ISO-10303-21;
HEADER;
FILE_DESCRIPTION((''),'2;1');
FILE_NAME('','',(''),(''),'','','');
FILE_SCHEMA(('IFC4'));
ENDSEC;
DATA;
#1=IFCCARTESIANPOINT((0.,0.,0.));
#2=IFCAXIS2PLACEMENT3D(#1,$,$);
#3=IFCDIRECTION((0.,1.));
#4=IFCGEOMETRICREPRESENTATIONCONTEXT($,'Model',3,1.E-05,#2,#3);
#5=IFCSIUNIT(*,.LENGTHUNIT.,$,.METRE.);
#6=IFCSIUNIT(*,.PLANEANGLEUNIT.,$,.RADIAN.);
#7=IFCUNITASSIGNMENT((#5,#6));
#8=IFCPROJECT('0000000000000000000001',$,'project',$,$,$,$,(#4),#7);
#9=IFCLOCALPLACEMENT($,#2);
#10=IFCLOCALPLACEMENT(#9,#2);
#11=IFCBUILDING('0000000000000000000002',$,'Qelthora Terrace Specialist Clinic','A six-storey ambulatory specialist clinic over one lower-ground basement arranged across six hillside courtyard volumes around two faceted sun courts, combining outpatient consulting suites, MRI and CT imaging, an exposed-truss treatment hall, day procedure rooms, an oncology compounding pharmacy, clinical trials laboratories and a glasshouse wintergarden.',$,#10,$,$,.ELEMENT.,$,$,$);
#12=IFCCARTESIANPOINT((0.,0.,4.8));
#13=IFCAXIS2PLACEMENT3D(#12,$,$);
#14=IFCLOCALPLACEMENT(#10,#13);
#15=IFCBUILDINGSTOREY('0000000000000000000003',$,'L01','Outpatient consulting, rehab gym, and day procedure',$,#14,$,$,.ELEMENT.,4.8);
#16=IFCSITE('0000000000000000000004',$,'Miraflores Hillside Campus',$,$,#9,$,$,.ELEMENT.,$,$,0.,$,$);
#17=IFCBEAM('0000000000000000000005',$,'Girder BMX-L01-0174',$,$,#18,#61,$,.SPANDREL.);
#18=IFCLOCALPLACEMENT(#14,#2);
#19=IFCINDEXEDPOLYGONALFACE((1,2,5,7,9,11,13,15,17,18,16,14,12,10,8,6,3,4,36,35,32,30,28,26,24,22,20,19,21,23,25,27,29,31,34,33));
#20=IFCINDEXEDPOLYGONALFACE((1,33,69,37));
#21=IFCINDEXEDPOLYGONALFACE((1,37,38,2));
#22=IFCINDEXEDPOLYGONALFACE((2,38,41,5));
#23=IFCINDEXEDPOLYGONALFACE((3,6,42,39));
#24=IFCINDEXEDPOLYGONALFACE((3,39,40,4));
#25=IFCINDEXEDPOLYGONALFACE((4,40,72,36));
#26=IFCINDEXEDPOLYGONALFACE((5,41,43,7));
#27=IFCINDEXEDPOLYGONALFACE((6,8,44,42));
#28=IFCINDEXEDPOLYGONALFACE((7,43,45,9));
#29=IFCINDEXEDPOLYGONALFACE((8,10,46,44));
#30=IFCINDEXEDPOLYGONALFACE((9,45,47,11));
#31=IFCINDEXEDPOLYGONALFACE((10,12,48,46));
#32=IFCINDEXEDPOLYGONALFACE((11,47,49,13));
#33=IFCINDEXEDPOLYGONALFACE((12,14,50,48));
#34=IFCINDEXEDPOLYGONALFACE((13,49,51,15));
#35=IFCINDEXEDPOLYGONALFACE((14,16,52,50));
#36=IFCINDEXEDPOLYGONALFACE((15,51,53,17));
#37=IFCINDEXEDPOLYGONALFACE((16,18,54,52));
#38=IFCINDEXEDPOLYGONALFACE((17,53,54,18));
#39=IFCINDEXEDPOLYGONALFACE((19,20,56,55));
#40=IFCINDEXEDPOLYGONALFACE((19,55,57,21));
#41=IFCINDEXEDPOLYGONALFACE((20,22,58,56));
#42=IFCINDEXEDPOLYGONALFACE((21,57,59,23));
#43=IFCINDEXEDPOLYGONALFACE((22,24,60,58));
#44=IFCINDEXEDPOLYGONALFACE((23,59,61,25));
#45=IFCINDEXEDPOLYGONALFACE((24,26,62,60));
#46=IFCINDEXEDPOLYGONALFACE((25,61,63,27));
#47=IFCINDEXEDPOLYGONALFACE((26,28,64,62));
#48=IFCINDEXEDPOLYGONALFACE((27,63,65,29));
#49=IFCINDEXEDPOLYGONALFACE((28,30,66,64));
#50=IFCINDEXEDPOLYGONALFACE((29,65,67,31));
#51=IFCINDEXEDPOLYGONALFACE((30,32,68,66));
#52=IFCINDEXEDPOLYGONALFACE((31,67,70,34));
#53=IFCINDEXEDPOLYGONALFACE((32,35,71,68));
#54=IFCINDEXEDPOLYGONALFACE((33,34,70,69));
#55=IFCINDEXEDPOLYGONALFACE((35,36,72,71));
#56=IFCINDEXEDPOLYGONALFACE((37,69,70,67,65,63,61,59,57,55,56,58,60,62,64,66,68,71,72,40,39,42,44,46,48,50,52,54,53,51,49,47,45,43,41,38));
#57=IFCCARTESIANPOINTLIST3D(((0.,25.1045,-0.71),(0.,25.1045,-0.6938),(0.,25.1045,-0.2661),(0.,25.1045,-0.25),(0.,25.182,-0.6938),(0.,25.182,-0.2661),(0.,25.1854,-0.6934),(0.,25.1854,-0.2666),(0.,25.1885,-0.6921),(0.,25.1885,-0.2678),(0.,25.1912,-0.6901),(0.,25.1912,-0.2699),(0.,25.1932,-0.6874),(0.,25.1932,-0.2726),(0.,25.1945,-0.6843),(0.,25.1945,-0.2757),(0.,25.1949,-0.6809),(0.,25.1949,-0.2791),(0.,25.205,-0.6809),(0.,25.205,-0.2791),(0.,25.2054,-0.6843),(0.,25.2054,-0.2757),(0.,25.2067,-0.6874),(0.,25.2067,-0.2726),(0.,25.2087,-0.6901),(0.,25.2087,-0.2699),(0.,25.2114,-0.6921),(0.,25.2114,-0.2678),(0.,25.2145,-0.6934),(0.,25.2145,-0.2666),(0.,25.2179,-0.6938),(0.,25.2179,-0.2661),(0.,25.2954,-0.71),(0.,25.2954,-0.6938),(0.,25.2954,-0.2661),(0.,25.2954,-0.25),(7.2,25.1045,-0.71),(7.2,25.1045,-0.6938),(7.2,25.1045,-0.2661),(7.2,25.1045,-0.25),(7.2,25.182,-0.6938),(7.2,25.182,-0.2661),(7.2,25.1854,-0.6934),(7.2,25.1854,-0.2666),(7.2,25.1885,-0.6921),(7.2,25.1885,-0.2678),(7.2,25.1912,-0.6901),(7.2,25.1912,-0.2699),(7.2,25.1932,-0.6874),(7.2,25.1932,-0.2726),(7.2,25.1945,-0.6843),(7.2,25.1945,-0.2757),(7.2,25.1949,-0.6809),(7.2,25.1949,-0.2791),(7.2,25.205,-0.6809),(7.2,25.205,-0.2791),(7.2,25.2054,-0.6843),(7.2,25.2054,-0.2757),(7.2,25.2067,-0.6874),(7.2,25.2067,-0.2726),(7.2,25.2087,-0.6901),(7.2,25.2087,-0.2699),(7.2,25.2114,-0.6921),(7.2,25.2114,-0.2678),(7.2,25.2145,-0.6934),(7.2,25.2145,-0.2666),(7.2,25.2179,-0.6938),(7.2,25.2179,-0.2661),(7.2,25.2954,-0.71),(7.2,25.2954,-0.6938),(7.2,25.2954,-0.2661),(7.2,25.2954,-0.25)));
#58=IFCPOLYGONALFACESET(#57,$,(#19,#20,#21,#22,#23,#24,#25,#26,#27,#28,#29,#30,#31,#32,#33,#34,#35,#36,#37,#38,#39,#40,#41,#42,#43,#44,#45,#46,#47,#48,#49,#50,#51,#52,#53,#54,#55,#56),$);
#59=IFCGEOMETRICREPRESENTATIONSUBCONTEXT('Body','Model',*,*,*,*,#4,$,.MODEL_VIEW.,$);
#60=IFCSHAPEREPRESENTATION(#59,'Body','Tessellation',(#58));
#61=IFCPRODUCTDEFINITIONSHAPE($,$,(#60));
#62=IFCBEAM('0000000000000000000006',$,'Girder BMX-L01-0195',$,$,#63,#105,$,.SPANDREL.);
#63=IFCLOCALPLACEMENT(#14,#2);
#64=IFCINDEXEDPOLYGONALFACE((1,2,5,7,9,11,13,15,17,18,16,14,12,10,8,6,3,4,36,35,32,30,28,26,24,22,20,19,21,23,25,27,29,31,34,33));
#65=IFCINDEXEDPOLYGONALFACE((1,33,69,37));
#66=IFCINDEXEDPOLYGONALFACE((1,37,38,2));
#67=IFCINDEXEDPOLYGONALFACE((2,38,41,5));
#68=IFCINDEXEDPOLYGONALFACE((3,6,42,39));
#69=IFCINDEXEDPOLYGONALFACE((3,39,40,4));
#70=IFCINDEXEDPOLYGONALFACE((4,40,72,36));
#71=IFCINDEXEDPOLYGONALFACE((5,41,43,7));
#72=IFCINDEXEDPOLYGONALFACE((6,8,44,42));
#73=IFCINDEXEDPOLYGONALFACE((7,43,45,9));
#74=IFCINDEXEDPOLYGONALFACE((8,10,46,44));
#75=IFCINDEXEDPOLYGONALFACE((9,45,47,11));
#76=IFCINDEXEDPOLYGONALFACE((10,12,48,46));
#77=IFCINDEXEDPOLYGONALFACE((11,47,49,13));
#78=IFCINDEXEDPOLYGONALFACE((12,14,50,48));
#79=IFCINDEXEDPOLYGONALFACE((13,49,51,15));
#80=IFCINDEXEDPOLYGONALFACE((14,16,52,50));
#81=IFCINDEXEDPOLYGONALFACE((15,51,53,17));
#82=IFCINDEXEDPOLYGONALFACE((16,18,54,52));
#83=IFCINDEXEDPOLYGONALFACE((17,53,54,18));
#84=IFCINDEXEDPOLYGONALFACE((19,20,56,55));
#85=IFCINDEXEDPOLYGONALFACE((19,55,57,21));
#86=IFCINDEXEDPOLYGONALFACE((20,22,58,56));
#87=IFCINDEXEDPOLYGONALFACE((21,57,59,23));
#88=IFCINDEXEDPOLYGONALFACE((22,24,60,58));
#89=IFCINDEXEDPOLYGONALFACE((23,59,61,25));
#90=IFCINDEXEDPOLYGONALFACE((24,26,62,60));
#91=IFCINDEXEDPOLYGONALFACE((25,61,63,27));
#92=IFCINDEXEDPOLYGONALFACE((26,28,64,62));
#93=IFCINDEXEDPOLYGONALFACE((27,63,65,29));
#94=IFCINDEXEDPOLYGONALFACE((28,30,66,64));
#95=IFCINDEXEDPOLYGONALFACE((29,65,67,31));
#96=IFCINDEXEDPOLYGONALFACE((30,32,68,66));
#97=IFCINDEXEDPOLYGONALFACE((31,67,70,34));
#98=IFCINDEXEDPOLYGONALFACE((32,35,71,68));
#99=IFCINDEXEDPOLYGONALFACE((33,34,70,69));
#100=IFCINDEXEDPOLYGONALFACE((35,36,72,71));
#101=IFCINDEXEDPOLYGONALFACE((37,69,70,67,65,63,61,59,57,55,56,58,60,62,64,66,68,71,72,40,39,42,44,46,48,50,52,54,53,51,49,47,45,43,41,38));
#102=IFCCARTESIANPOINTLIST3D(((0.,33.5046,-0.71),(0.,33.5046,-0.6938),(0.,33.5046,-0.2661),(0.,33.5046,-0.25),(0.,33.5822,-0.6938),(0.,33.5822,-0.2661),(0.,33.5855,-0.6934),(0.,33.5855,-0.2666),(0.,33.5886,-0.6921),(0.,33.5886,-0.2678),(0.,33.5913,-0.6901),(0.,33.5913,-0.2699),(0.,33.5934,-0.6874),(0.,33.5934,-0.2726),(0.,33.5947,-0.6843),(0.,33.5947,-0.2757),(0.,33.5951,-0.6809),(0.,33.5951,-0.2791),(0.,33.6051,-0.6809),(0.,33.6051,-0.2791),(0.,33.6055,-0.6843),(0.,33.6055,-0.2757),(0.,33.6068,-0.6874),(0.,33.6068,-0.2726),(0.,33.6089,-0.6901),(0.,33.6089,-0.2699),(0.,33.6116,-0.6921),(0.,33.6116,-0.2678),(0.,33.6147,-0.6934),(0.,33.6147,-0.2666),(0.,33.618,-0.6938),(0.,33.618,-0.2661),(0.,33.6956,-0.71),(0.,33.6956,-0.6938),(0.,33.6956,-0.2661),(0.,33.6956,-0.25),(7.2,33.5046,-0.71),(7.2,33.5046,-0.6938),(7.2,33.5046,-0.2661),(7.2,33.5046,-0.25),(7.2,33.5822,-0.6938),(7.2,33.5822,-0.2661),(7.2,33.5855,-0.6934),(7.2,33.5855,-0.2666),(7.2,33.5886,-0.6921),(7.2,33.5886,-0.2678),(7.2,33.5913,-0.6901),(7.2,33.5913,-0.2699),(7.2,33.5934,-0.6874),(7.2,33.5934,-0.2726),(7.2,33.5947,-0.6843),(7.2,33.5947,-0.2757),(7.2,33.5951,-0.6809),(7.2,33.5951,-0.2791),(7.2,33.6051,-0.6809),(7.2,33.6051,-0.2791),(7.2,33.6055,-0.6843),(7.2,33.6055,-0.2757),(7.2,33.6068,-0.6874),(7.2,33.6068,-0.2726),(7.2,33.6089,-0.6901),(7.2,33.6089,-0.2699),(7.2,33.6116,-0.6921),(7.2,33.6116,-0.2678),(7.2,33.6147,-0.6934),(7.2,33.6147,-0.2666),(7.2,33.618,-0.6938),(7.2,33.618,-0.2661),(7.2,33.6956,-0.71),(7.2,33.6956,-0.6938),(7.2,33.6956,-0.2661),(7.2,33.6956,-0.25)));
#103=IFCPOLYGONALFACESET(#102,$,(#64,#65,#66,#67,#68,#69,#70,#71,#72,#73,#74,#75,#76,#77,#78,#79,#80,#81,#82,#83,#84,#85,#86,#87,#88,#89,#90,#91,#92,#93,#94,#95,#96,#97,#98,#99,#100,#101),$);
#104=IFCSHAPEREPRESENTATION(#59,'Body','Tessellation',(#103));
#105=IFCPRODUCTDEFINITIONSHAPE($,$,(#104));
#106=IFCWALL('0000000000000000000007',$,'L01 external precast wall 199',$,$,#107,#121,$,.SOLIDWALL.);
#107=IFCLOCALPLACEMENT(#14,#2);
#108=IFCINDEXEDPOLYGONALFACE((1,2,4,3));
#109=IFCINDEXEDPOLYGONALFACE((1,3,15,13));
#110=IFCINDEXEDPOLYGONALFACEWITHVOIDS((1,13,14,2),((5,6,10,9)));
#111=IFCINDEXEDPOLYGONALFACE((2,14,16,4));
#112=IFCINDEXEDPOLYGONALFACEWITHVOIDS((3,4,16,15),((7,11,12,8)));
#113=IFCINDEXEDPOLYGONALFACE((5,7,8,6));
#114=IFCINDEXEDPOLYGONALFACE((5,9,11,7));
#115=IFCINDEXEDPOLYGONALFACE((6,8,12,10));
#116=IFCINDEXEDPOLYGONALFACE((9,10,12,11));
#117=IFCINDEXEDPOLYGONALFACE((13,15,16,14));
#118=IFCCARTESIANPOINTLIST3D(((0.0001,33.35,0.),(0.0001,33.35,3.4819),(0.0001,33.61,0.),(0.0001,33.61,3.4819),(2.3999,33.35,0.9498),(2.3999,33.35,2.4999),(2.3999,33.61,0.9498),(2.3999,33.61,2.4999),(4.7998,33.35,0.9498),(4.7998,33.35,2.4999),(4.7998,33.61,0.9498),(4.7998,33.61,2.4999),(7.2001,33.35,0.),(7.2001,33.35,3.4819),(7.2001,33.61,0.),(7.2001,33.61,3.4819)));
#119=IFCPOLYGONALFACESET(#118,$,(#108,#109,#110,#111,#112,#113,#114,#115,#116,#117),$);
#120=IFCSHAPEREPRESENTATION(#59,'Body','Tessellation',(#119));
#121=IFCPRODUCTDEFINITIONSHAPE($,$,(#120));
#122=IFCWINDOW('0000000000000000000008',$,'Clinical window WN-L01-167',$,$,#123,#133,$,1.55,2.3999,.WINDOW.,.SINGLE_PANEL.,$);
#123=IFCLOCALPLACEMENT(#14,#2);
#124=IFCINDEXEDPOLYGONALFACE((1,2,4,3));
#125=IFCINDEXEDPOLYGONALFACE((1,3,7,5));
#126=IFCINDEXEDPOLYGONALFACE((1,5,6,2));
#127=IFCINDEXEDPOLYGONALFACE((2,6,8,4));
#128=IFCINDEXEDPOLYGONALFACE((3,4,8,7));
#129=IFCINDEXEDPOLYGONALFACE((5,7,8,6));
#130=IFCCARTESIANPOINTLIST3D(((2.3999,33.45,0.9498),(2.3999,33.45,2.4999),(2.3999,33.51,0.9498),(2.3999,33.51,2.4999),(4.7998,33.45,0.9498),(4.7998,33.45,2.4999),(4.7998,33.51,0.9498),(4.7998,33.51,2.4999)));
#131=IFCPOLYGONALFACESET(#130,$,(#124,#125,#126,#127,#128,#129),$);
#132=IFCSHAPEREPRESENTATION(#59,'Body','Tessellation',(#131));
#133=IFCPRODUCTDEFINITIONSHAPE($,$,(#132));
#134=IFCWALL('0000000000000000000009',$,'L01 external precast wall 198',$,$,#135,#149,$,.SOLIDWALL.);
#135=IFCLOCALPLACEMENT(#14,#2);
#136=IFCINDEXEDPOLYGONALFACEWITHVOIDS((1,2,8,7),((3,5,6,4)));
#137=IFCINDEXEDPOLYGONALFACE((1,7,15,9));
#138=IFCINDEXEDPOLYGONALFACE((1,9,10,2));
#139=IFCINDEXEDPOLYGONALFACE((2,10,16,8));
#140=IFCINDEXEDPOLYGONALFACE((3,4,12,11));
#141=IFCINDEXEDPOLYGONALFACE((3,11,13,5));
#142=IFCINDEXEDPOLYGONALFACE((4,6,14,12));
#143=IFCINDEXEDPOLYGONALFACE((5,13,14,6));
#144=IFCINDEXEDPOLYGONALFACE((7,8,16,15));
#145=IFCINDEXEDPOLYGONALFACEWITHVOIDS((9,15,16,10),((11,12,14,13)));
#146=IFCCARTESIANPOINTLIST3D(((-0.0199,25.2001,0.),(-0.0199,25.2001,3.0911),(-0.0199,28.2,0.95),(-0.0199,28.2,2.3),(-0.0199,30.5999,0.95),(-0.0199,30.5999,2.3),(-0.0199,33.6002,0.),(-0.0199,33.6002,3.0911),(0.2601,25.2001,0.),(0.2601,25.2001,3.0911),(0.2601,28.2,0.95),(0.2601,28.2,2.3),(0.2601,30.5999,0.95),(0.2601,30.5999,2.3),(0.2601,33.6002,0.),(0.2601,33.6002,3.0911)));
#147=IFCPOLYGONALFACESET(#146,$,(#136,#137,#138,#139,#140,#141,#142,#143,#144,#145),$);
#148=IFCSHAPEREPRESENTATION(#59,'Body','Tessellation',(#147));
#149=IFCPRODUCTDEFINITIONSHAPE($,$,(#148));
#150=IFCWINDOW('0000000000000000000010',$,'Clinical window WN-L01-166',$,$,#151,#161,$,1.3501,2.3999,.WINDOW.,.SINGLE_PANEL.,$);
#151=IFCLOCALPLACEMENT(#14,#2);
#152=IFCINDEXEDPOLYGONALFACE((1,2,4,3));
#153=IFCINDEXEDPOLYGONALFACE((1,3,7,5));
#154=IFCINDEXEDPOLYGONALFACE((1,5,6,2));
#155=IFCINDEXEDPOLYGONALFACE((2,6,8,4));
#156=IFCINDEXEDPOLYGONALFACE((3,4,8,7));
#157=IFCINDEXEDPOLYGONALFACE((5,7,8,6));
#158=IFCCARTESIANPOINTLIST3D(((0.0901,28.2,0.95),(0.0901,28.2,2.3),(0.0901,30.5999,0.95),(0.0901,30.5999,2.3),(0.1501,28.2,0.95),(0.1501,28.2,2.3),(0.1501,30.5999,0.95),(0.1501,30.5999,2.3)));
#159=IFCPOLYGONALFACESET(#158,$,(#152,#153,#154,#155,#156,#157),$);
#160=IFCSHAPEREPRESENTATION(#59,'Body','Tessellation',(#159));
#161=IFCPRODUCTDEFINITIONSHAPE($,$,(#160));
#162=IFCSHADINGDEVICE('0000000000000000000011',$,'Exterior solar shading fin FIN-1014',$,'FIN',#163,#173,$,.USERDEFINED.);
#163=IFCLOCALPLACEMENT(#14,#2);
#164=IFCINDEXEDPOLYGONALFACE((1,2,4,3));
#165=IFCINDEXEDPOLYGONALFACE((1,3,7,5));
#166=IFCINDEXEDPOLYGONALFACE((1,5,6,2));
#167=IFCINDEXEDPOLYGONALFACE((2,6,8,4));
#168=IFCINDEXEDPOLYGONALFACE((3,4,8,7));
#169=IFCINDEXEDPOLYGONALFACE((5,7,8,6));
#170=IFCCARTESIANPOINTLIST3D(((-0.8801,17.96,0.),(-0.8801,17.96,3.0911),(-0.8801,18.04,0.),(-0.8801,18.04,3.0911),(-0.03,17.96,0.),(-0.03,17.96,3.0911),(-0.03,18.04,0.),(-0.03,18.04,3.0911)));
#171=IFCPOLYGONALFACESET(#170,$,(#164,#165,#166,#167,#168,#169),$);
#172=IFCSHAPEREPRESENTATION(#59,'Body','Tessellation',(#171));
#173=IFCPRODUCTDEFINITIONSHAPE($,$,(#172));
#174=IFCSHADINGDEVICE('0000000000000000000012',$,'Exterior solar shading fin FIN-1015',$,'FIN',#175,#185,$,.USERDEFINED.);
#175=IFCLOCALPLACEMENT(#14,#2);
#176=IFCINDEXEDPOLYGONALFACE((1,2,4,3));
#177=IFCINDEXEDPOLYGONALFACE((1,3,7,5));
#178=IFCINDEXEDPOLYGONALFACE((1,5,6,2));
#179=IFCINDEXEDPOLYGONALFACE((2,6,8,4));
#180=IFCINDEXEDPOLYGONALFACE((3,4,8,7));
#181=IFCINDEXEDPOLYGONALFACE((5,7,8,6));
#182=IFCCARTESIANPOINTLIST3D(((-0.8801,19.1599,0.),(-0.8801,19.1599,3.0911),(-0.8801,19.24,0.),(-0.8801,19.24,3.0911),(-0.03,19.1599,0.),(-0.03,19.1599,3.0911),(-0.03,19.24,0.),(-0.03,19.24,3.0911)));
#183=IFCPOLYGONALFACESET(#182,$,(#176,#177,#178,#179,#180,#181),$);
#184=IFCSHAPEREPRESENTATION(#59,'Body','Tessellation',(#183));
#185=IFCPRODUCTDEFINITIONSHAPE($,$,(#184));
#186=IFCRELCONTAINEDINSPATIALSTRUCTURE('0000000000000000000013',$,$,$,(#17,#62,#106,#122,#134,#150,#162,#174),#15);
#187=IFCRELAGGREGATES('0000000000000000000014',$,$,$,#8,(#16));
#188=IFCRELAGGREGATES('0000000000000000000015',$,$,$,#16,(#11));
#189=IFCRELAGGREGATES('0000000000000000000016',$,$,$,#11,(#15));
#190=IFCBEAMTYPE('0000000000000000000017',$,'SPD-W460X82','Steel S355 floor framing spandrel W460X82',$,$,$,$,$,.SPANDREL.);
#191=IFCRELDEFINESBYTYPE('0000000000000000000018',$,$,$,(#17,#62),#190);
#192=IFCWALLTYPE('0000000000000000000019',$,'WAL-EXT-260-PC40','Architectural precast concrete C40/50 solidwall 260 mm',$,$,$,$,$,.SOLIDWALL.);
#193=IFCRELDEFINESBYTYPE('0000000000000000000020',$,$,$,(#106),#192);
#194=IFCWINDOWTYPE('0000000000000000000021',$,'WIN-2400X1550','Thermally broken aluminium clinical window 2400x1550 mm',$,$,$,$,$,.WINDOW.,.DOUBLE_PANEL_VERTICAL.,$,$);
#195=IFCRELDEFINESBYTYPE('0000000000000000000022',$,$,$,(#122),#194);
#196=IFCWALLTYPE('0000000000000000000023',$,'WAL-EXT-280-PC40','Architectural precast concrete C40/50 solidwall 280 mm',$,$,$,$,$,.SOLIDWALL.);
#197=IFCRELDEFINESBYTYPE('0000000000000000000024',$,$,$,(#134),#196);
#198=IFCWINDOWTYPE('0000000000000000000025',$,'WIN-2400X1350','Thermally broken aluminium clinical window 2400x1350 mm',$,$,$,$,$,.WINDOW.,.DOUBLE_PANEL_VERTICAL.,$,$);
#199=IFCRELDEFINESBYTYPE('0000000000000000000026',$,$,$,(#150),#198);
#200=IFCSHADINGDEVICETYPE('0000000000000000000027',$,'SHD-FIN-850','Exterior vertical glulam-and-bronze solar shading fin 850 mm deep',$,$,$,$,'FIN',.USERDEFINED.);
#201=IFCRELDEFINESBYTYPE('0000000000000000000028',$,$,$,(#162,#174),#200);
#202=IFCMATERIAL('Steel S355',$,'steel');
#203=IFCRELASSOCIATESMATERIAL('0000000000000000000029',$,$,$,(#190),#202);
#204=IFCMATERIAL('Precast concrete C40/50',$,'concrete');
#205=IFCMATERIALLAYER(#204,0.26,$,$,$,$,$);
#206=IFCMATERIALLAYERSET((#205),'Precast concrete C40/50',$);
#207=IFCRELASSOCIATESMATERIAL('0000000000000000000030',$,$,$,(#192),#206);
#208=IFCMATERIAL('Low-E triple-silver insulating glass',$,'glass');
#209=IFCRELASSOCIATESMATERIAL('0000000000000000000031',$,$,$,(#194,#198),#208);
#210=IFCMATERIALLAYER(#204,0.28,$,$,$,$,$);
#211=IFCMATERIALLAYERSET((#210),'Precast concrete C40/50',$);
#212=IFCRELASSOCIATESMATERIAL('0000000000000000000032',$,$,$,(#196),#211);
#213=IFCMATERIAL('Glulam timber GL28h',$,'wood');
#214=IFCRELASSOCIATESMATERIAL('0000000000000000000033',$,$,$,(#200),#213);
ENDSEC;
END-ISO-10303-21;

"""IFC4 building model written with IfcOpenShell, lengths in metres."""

from ifc_helpers import new_model, si_unit, direction, frame, frame_2d, origin, origin_2d, place, context, subcontext, project, spatial, rectangle, i_section, extrude, material, layer, layer_set, material_profile, profile_set, type_object, element, fill, save


model = new_model("IFC4")

# Units and contexts
model_context = context("Model", 3, precision=1e-05, world=origin(), true_north=direction((0.0, 1.0)))
body_context = subcontext(model_context, "Body", "Model", "MODEL_VIEW")
ifc_project = project(units=[si_unit("LENGTHUNIT", "METRE"), si_unit("PLANEANGLEUNIT", "RADIAN")], contexts=[model_context])

# Site, building, storey
site_placement = place(None, origin())
site = spatial("IfcSite", under=ifc_project, at=site_placement, Name="Miraflores Hillside Campus", CompositionType="ELEMENT", RefElevation=0.0)
building_placement = place(site_placement, origin())
building = spatial("IfcBuilding", under=site, at=building_placement, Name="Qelthora Terrace Specialist Clinic", Description="A six-storey ambulatory specialist clinic over one lower-ground basement arranged across six hillside courtyard volumes around two faceted sun courts, combining outpatient consulting suites, MRI and CT imaging, an exposed-truss treatment hall, day procedure rooms, an oncology compounding pharmacy, clinical trials laboratories and a glasshouse wintergarden.", CompositionType="ELEMENT")
storey_placement = place(building_placement, frame((0.0, 0.0, 4.8)))
storey = spatial("IfcBuildingStorey", under=building, at=storey_placement, Name="L01", Description="Outpatient consulting, rehab gym, and day procedure", CompositionType="ELEMENT", Elevation=4.8)

# Shared definitions
ifc_material_1 = material(Name="Steel S355", Category="steel")

# Beams
ifc_material_profile_1 = material_profile(ifc_material_1, i_section(OverallWidth=0.1909, OverallDepth=0.46, WebThickness=0.01, FlangeThickness=0.0161, FilletRadius=0.0129, at=origin_2d()), Name="W460X82")
ifc_profile_set_1 = profile_set([ifc_material_profile_1], Name="Steel S355")
beam_type_1 = type_object("IfcBeamType", Name="SPD-W460X82", Description="Steel S355 floor framing spandrel W460X82", PredefinedType="SPANDREL", material=ifc_profile_set_1)
for number, where, z_axis, x_axis, name in (
    (1, (0.0, 25.2, -0.48), (1.0, 0.0, 0.0), (0.0, 1.0, 0.0), "Girder BMX-L01-0174"),
    (2, (0.0, 33.6001, -0.48), (1.0, 0.0, 0.0), (0.0, 1.0, 0.0), "Girder BMX-L01-0195"),
):
    element("IfcBeam", number, at=place(storey_placement, frame(where, z_axis=z_axis, x_axis=x_axis)), inside=storey, type_object=beam_type_1, Name=name, PredefinedType="SPANDREL", context=body_context, shape_type="SweptSolid", body=[
        extrude(i_section(OverallWidth=0.1909, OverallDepth=0.46, WebThickness=0.01, FlangeThickness=0.0161, FilletRadius=0.0129, at=origin_2d()), origin(), (0.0, 0.0, 1.0), 7.2),
    ])

# Walls, openings, windows
ifc_material_2 = material(Name="Precast concrete C40/50", Category="concrete")
ifc_layer_1 = layer(ifc_material_2, 0.26)
ifc_layer_set_1 = layer_set([ifc_layer_1], Name="Precast concrete C40/50")
wall_type_1 = type_object("IfcWallType", Name="WAL-EXT-260-PC40", Description="Architectural precast concrete C40/50 solidwall 260 mm", PredefinedType="SOLIDWALL", material=ifc_layer_set_1)
wall_1_placement = place(storey_placement, frame((0.0, 33.48, 0.0), z_axis=(0.0, 0.0, 1.0), x_axis=(1.0, 0.0, 0.0)))
wall_1 = element("IfcWall", 3, at=wall_1_placement, inside=storey, type_object=wall_type_1, Name="L01 external precast wall 199", PredefinedType="SOLIDWALL", context=body_context, shape_type="SweptSolid", body=[
    extrude(rectangle(XDim=7.2, YDim=0.26, at=frame_2d((3.6001, 0.0))), origin(), (0.0, 0.0, 1.0), 3.4819),
])
opening_1_placement = place(wall_1_placement, frame((2.3999, 0.0, 0.95)))
opening_1 = element("IfcOpeningElement", 4, at=opening_1_placement, cuts=wall_1, PredefinedType="OPENING", context=body_context, shape_type="SweptSolid", body=[
    extrude(rectangle(XDim=2.3999, YDim=1.55, at=frame_2d((1.2, 0.7749))), frame((0.0, 0.1399, 0.0), z_axis=(0.0, -1.0, 0.0), x_axis=(1.0, 0.0, 0.0)), (0.0, 0.0, 1.0), 0.28),
])
ifc_material_3 = material(Name="Low-E triple-silver insulating glass", Category="glass")
window_type_1 = type_object("IfcWindowType", Name="WIN-2400X1550", Description="Thermally broken aluminium clinical window 2400x1550 mm", PartitioningType="DOUBLE_PANEL_VERTICAL", PredefinedType="WINDOW", material=ifc_material_3)
window_1_placement = place(opening_1_placement, origin())
window_1 = element("IfcWindow", 5, at=window_1_placement, inside=storey, type_object=window_type_1, Name="Clinical window WN-L01-167", OverallHeight=1.55, OverallWidth=2.3999, PartitioningType="SINGLE_PANEL", PredefinedType="WINDOW", context=body_context, shape_type="SweptSolid", body=[
    extrude(rectangle(XDim=2.3999, YDim=1.55, at=frame_2d((1.2, 0.7749))), frame((0.0, 0.03, 0.0), z_axis=(0.0, -1.0, 0.0), x_axis=(1.0, 0.0, 0.0)), (0.0, 0.0, 1.0), 0.0601),
])
fill(opening_1, window_1)
ifc_layer_2 = layer(ifc_material_2, 0.28)
ifc_layer_set_2 = layer_set([ifc_layer_2], Name="Precast concrete C40/50")
wall_type_2 = type_object("IfcWallType", Name="WAL-EXT-280-PC40", Description="Architectural precast concrete C40/50 solidwall 280 mm", PredefinedType="SOLIDWALL", material=ifc_layer_set_2)
wall_2_placement = place(storey_placement, frame((0.1201, 25.2, 0.0), z_axis=(0.0, 0.0, 1.0), x_axis=(0.0, 1.0, 0.0)))
wall_2 = element("IfcWall", 6, at=wall_2_placement, inside=storey, type_object=wall_type_2, Name="L01 external precast wall 198", PredefinedType="SOLIDWALL", context=body_context, shape_type="SweptSolid", body=[
    extrude(rectangle(XDim=8.4001, YDim=0.28, at=frame_2d((4.2002, 0.0))), origin(), (0.0, 0.0, 1.0), 3.0911),
])
opening_2_placement = place(wall_2_placement, frame((3.0, 0.0, 0.95)))
opening_2 = element("IfcOpeningElement", 7, at=opening_2_placement, cuts=wall_2, PredefinedType="OPENING", context=body_context, shape_type="SweptSolid", body=[
    extrude(rectangle(XDim=2.3999, YDim=1.3501, at=frame_2d((1.2, 0.675))), frame((0.0, 0.1499, 0.0), z_axis=(0.0, -1.0, 0.0), x_axis=(1.0, 0.0, 0.0)), (0.0, 0.0, 1.0), 0.3),
])
window_type_2 = type_object("IfcWindowType", Name="WIN-2400X1350", Description="Thermally broken aluminium clinical window 2400x1350 mm", PartitioningType="DOUBLE_PANEL_VERTICAL", PredefinedType="WINDOW", material=ifc_material_3)
window_2_placement = place(opening_2_placement, origin())
window_2 = element("IfcWindow", 8, at=window_2_placement, inside=storey, type_object=window_type_2, Name="Clinical window WN-L01-166", OverallHeight=1.3501, OverallWidth=2.3999, PartitioningType="SINGLE_PANEL", PredefinedType="WINDOW", context=body_context, shape_type="SweptSolid", body=[
    extrude(rectangle(XDim=2.3999, YDim=1.3501, at=frame_2d((1.2, 0.675))), frame((0.0, 0.03, 0.0), z_axis=(0.0, -1.0, 0.0), x_axis=(1.0, 0.0, 0.0)), (0.0, 0.0, 1.0), 0.0601),
])
fill(opening_2, window_2)

# Shading devices
ifc_material_4 = material(Name="Glulam timber GL28h", Category="wood")
shading_device_type = type_object("IfcShadingDeviceType", Name="SHD-FIN-850", Description="Exterior vertical glulam-and-bronze solar shading fin 850 mm deep", ElementType="FIN", PredefinedType="USERDEFINED", material=ifc_material_4)
for number, where, z_axis, x_axis, name in (
    (9, (-0.4551, 18.0, 0.0), (0.0, 0.0, 1.0), (-1.0, 0.0, 0.0), "Exterior solar shading fin FIN-1014"),
    (10, (-0.4551, 19.2, 0.0), (0.0, 0.0, 1.0), (-1.0, 0.0, 0.0), "Exterior solar shading fin FIN-1015"),
):
    element("IfcShadingDevice", number, at=place(storey_placement, frame(where, z_axis=z_axis, x_axis=x_axis)), inside=storey, type_object=shading_device_type, Name=name, ObjectType="FIN", PredefinedType="USERDEFINED", context=body_context, shape_type="SweptSolid", body=[
        extrude(rectangle(XDim=0.8501, YDim=0.0801, at=origin_2d()), origin(), (0.0, 0.0, 1.0), 3.0911),
    ])

save(model, "model.ifc")
